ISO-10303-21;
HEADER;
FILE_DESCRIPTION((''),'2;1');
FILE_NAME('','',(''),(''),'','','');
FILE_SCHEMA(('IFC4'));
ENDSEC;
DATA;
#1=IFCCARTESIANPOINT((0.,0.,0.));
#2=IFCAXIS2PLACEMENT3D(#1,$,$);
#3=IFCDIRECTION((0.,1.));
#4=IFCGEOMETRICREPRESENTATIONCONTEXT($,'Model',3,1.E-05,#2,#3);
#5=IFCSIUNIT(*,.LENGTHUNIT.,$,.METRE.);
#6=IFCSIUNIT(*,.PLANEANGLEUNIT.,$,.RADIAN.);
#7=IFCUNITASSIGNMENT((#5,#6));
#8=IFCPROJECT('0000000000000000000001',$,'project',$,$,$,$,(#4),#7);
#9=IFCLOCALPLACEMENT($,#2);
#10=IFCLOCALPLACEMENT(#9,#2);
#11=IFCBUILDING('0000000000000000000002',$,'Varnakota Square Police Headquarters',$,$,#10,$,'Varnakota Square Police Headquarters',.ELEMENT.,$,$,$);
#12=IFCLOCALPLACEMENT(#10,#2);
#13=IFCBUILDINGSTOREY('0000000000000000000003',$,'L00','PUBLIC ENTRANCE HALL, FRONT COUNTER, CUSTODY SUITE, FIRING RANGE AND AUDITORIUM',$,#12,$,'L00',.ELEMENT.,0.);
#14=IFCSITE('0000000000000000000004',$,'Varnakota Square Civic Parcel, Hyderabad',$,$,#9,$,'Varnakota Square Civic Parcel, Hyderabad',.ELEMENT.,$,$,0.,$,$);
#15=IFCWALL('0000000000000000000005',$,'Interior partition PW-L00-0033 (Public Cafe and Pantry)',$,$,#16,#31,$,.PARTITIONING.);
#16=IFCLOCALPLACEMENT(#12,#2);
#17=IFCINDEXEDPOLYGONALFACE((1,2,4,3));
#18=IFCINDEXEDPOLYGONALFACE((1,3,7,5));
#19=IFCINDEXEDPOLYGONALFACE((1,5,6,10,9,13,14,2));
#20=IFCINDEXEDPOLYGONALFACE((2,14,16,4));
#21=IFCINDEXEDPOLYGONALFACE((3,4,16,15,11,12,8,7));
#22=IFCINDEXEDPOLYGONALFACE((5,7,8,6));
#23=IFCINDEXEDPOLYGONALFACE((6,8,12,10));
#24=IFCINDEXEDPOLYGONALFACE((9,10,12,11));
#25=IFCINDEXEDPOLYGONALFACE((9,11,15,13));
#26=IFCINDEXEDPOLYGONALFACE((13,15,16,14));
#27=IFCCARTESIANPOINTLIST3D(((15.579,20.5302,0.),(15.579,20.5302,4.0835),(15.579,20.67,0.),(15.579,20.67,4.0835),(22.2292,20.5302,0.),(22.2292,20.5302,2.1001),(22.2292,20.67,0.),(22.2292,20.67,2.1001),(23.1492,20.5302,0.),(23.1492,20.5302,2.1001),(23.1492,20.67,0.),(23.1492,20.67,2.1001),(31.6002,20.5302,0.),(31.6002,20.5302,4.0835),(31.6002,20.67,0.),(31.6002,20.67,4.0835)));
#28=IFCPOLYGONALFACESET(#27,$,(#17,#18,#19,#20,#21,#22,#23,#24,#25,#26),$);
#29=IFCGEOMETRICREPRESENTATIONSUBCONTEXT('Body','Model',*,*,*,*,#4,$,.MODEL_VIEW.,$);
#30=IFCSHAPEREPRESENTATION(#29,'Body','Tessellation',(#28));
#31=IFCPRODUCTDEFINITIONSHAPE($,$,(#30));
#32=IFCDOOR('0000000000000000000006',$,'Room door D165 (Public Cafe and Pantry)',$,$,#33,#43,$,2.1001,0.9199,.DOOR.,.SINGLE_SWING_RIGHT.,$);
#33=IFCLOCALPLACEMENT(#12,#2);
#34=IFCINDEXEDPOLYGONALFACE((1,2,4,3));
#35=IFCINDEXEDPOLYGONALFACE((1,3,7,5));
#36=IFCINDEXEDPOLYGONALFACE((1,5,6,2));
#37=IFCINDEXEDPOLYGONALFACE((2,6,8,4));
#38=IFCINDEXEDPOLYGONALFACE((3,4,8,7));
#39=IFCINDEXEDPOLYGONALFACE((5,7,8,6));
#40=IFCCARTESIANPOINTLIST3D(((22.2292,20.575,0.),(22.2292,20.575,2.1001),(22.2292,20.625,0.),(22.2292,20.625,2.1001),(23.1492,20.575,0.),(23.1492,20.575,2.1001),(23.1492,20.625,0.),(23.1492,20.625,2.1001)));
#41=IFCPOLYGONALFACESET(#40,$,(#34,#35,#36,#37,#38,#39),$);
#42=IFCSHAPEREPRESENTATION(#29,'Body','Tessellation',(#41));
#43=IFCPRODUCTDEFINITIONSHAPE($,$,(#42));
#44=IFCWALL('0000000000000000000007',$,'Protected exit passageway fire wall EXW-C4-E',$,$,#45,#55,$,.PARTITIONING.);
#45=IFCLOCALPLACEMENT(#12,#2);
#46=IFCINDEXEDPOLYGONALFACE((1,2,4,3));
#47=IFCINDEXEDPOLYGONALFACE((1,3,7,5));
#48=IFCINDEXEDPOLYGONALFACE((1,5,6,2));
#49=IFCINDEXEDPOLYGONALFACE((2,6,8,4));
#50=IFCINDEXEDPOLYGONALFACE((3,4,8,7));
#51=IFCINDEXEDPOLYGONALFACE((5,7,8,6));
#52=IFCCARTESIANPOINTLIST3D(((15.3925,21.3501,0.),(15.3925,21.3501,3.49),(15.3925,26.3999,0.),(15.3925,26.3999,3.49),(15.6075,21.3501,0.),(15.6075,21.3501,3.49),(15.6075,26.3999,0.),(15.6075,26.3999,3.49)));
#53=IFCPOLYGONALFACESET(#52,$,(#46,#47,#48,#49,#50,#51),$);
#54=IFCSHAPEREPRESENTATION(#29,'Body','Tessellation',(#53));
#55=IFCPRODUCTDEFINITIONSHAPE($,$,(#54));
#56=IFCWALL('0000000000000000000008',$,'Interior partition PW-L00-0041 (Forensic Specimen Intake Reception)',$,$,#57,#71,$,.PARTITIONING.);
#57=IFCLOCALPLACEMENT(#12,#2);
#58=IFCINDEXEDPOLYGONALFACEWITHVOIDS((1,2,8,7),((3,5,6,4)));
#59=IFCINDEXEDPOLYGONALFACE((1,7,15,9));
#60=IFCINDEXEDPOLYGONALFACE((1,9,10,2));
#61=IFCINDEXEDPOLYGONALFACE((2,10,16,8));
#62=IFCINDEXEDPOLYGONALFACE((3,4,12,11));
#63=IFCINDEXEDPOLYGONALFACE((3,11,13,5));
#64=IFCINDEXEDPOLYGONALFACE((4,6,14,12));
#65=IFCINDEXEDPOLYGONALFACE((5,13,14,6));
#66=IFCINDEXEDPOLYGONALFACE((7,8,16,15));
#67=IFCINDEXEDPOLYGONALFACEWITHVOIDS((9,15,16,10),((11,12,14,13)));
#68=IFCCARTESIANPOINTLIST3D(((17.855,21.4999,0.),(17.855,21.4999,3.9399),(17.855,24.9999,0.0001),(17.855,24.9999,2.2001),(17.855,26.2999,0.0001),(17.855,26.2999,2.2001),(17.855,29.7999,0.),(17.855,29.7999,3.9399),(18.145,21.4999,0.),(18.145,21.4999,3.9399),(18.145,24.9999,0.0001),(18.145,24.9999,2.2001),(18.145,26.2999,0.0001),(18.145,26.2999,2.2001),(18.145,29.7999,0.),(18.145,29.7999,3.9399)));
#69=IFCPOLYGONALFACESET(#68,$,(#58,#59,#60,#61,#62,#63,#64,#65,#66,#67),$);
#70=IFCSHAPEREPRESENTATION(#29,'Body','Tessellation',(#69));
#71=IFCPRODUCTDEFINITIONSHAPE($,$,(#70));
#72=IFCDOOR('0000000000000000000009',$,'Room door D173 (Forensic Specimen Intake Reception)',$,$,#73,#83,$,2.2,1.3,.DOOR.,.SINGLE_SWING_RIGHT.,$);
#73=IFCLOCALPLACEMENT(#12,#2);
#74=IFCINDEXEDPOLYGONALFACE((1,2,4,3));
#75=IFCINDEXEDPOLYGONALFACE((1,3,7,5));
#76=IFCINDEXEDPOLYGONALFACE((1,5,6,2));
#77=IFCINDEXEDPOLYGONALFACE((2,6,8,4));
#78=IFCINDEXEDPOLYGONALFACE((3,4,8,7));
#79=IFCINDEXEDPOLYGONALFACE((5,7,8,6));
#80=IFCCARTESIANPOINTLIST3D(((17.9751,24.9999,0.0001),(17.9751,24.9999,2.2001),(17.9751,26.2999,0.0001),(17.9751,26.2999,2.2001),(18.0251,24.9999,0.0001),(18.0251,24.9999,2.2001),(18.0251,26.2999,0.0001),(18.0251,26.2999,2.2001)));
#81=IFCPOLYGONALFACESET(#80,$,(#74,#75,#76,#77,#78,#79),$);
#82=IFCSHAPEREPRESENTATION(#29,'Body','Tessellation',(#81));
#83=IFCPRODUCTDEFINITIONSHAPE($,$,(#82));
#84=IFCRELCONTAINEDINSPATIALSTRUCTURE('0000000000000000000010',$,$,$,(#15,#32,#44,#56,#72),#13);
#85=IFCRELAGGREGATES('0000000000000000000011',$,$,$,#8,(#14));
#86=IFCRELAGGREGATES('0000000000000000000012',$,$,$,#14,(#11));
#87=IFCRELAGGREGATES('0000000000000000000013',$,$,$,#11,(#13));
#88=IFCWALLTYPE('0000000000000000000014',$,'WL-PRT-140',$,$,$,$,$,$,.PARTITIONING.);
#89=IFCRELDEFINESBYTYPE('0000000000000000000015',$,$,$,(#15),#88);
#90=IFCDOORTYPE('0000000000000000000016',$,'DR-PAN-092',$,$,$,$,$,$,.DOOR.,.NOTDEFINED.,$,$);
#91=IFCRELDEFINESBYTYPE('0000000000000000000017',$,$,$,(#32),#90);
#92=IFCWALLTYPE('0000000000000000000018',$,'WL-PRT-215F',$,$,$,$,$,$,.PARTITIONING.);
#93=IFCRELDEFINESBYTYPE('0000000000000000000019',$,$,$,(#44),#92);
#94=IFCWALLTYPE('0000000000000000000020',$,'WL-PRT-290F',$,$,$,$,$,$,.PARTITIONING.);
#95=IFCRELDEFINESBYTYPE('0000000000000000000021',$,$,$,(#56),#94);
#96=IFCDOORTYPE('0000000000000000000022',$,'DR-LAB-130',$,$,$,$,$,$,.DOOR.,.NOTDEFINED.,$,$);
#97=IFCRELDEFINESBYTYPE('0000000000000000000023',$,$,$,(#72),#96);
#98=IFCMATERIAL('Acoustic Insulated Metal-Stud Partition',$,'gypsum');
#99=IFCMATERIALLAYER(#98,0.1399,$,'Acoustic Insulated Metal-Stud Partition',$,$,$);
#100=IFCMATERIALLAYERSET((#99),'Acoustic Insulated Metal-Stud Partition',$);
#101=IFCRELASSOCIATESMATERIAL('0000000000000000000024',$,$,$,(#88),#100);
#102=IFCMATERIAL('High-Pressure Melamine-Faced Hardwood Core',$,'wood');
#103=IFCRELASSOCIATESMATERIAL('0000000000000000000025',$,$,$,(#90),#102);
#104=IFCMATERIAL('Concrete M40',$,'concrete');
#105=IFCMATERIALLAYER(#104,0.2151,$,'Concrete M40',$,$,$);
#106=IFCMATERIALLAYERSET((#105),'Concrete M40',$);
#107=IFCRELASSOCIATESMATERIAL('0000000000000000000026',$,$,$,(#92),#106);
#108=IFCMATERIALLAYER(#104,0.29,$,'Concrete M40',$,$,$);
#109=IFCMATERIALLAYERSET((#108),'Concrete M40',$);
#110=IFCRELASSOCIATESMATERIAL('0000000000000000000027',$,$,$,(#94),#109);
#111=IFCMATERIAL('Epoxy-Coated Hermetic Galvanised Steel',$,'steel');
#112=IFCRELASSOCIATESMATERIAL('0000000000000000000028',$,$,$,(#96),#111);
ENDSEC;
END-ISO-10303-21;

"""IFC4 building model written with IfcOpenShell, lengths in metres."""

from ifc_helpers import new_model, si_unit, direction, frame, frame_2d, origin, place, context, subcontext, project, spatial, rectangle, extrude, material, layer, layer_set, type_object, element, fill, save


model = new_model("IFC4")

# Units and contexts
model_context = context("Model", 3, precision=1e-05, world=origin(), true_north=direction((0.0, 1.0)))
body_context = subcontext(model_context, "Body", "Model", "MODEL_VIEW")
ifc_project = project(units=[si_unit("LENGTHUNIT", "METRE"), si_unit("PLANEANGLEUNIT", "RADIAN")], contexts=[model_context])

# Site, building, storey
site_placement = place(None, origin())
site = spatial("IfcSite", under=ifc_project, at=site_placement, Name="Varnakota Square Civic Parcel, Hyderabad", LongName="Varnakota Square Civic Parcel, Hyderabad", CompositionType="ELEMENT", RefElevation=0.0)
building_placement = place(site_placement, origin())
building = spatial("IfcBuilding", under=site, at=building_placement, Name="Varnakota Square Police Headquarters", LongName="Varnakota Square Police Headquarters", CompositionType="ELEMENT")
storey_placement = place(building_placement, origin())
storey = spatial("IfcBuildingStorey", under=building, at=storey_placement, Name="L00", Description="PUBLIC ENTRANCE HALL, FRONT COUNTER, CUSTODY SUITE, FIRING RANGE AND AUDITORIUM", LongName="L00", CompositionType="ELEMENT", Elevation=0.0)

# Shared definitions
ifc_material_1 = material(Name="Concrete M40", Category="concrete")

# Wall, opening, door
ifc_material_2 = material(Name="Acoustic Insulated Metal-Stud Partition", Category="gypsum")
ifc_layer_1 = layer(ifc_material_2, 0.1399, Name="Acoustic Insulated Metal-Stud Partition")
ifc_layer_set_1 = layer_set([ifc_layer_1], Name="Acoustic Insulated Metal-Stud Partition")
wall_type_1 = type_object("IfcWallType", Name="WL-PRT-140", PredefinedType="PARTITIONING", material=ifc_layer_set_1)
wall_1_placement = place(storey_placement, frame((15.5789, 20.6001, 0.0), z_axis=(0.0, 0.0, 1.0), x_axis=(1.0, 0.0, 0.0)))
wall_1 = element("IfcWall", 1, at=wall_1_placement, inside=storey, type_object=wall_type_1, Name="Interior partition PW-L00-0033 (Public Cafe and Pantry)", PredefinedType="PARTITIONING", context=body_context, shape_type="SweptSolid", body=[
    extrude(rectangle(XDim=16.0212, YDim=0.1399, at=frame_2d((8.0107, 0.0))), origin(), (0.0, 0.0, 1.0), 4.0835),
])
opening_1_placement = place(wall_1_placement, frame((6.6504, 0.0, 0.0)))
opening_1 = element("IfcOpeningElement", 2, at=opening_1_placement, cuts=wall_1, PredefinedType="OPENING", context=body_context, shape_type="SweptSolid", body=[
    extrude(rectangle(XDim=0.9199, YDim=2.1001, at=frame_2d((0.46, 1.05))), frame((0.0, 0.0798, 0.0), z_axis=(0.0, -1.0, 0.0), x_axis=(1.0, 0.0, 0.0)), (0.0, 0.0, 1.0), 0.1599),
])
ifc_material_3 = material(Name="High-Pressure Melamine-Faced Hardwood Core", Category="wood")
door_type_1 = type_object("IfcDoorType", Name="DR-PAN-092", OperationType="NOTDEFINED", PredefinedType="DOOR", material=ifc_material_3)
door_1_placement = place(opening_1_placement, origin())
door_1 = element("IfcDoor", 3, at=door_1_placement, inside=storey, type_object=door_type_1, Name="Room door D165 (Public Cafe and Pantry)", OperationType="SINGLE_SWING_RIGHT", OverallHeight=2.1001, OverallWidth=0.9199, PredefinedType="DOOR", context=body_context, shape_type="SweptSolid", body=[
    extrude(rectangle(XDim=0.9199, YDim=2.1001, at=frame_2d((0.46, 1.05))), frame((0.0, 0.0249, 0.0), z_axis=(0.0, -1.0, 0.0), x_axis=(1.0, 0.0, 0.0)), (0.0, 0.0, 1.0), 0.05),
])
fill(opening_1, door_1)

# Wall
ifc_layer_2 = layer(ifc_material_1, 0.2151, Name="Concrete M40")
ifc_layer_set_2 = layer_set([ifc_layer_2], Name="Concrete M40")
wall_type_2 = type_object("IfcWallType", Name="WL-PRT-215F", PredefinedType="PARTITIONING", material=ifc_layer_set_2)
wall_2_placement = place(storey_placement, frame((15.5, 21.3501, 0.0), z_axis=(0.0, 0.0, 1.0), x_axis=(0.0, 1.0, 0.0)))
element("IfcWall", 4, at=wall_2_placement, inside=storey, type_object=wall_type_2, Name="Protected exit passageway fire wall EXW-C4-E", PredefinedType="PARTITIONING", context=body_context, shape_type="SweptSolid", body=[
    extrude(rectangle(XDim=5.0498, YDim=0.2151, at=frame_2d((2.5249, 0.0))), origin(), (0.0, 0.0, 1.0), 3.49),
])

# Wall, opening, door
ifc_layer_3 = layer(ifc_material_1, 0.29, Name="Concrete M40")
ifc_layer_set_3 = layer_set([ifc_layer_3], Name="Concrete M40")
wall_type_3 = type_object("IfcWallType", Name="WL-PRT-290F", PredefinedType="PARTITIONING", material=ifc_layer_set_3)
wall_3_placement = place(storey_placement, frame((18.0, 21.5, 0.0), z_axis=(0.0, 0.0, 1.0), x_axis=(0.0, 1.0, 0.0)))
wall_3 = element("IfcWall", 5, at=wall_3_placement, inside=storey, type_object=wall_type_3, Name="Interior partition PW-L00-0041 (Forensic Specimen Intake Reception)", PredefinedType="PARTITIONING", context=body_context, shape_type="SweptSolid", body=[
    extrude(rectangle(XDim=8.3, YDim=0.29, at=frame_2d((4.1499, 0.0))), origin(), (0.0, 0.0, 1.0), 3.9399),
])
opening_2_placement = place(wall_3_placement, frame((3.5, 0.0, 0.0)))
opening_2 = element("IfcOpeningElement", 6, at=opening_2_placement, cuts=wall_3, PredefinedType="OPENING", context=body_context, shape_type="SweptSolid", body=[
    extrude(rectangle(XDim=1.3, YDim=2.2, at=frame_2d((0.6499, 1.1001))), frame((0.0, 0.155, 0.0), z_axis=(0.0, -1.0, 0.0), x_axis=(1.0, 0.0, 0.0)), (0.0, 0.0, 1.0), 0.3101),
])
ifc_material_4 = material(Name="Epoxy-Coated Hermetic Galvanised Steel", Category="steel")
door_type_2 = type_object("IfcDoorType", Name="DR-LAB-130", OperationType="NOTDEFINED", PredefinedType="DOOR", material=ifc_material_4)
door_2_placement = place(opening_2_placement, origin())
door_2 = element("IfcDoor", 7, at=door_2_placement, inside=storey, type_object=door_type_2, Name="Room door D173 (Forensic Specimen Intake Reception)", OperationType="SINGLE_SWING_RIGHT", OverallHeight=2.2, OverallWidth=1.3, PredefinedType="DOOR", context=body_context, shape_type="SweptSolid", body=[
    extrude(rectangle(XDim=1.3, YDim=2.2, at=frame_2d((0.6499, 1.1001))), frame((0.0, 0.0249, 0.0), z_axis=(0.0, -1.0, 0.0), x_axis=(1.0, 0.0, 0.0)), (0.0, 0.0, 1.0), 0.05),
])
fill(opening_2, door_2)

save(model, "model.ifc")
